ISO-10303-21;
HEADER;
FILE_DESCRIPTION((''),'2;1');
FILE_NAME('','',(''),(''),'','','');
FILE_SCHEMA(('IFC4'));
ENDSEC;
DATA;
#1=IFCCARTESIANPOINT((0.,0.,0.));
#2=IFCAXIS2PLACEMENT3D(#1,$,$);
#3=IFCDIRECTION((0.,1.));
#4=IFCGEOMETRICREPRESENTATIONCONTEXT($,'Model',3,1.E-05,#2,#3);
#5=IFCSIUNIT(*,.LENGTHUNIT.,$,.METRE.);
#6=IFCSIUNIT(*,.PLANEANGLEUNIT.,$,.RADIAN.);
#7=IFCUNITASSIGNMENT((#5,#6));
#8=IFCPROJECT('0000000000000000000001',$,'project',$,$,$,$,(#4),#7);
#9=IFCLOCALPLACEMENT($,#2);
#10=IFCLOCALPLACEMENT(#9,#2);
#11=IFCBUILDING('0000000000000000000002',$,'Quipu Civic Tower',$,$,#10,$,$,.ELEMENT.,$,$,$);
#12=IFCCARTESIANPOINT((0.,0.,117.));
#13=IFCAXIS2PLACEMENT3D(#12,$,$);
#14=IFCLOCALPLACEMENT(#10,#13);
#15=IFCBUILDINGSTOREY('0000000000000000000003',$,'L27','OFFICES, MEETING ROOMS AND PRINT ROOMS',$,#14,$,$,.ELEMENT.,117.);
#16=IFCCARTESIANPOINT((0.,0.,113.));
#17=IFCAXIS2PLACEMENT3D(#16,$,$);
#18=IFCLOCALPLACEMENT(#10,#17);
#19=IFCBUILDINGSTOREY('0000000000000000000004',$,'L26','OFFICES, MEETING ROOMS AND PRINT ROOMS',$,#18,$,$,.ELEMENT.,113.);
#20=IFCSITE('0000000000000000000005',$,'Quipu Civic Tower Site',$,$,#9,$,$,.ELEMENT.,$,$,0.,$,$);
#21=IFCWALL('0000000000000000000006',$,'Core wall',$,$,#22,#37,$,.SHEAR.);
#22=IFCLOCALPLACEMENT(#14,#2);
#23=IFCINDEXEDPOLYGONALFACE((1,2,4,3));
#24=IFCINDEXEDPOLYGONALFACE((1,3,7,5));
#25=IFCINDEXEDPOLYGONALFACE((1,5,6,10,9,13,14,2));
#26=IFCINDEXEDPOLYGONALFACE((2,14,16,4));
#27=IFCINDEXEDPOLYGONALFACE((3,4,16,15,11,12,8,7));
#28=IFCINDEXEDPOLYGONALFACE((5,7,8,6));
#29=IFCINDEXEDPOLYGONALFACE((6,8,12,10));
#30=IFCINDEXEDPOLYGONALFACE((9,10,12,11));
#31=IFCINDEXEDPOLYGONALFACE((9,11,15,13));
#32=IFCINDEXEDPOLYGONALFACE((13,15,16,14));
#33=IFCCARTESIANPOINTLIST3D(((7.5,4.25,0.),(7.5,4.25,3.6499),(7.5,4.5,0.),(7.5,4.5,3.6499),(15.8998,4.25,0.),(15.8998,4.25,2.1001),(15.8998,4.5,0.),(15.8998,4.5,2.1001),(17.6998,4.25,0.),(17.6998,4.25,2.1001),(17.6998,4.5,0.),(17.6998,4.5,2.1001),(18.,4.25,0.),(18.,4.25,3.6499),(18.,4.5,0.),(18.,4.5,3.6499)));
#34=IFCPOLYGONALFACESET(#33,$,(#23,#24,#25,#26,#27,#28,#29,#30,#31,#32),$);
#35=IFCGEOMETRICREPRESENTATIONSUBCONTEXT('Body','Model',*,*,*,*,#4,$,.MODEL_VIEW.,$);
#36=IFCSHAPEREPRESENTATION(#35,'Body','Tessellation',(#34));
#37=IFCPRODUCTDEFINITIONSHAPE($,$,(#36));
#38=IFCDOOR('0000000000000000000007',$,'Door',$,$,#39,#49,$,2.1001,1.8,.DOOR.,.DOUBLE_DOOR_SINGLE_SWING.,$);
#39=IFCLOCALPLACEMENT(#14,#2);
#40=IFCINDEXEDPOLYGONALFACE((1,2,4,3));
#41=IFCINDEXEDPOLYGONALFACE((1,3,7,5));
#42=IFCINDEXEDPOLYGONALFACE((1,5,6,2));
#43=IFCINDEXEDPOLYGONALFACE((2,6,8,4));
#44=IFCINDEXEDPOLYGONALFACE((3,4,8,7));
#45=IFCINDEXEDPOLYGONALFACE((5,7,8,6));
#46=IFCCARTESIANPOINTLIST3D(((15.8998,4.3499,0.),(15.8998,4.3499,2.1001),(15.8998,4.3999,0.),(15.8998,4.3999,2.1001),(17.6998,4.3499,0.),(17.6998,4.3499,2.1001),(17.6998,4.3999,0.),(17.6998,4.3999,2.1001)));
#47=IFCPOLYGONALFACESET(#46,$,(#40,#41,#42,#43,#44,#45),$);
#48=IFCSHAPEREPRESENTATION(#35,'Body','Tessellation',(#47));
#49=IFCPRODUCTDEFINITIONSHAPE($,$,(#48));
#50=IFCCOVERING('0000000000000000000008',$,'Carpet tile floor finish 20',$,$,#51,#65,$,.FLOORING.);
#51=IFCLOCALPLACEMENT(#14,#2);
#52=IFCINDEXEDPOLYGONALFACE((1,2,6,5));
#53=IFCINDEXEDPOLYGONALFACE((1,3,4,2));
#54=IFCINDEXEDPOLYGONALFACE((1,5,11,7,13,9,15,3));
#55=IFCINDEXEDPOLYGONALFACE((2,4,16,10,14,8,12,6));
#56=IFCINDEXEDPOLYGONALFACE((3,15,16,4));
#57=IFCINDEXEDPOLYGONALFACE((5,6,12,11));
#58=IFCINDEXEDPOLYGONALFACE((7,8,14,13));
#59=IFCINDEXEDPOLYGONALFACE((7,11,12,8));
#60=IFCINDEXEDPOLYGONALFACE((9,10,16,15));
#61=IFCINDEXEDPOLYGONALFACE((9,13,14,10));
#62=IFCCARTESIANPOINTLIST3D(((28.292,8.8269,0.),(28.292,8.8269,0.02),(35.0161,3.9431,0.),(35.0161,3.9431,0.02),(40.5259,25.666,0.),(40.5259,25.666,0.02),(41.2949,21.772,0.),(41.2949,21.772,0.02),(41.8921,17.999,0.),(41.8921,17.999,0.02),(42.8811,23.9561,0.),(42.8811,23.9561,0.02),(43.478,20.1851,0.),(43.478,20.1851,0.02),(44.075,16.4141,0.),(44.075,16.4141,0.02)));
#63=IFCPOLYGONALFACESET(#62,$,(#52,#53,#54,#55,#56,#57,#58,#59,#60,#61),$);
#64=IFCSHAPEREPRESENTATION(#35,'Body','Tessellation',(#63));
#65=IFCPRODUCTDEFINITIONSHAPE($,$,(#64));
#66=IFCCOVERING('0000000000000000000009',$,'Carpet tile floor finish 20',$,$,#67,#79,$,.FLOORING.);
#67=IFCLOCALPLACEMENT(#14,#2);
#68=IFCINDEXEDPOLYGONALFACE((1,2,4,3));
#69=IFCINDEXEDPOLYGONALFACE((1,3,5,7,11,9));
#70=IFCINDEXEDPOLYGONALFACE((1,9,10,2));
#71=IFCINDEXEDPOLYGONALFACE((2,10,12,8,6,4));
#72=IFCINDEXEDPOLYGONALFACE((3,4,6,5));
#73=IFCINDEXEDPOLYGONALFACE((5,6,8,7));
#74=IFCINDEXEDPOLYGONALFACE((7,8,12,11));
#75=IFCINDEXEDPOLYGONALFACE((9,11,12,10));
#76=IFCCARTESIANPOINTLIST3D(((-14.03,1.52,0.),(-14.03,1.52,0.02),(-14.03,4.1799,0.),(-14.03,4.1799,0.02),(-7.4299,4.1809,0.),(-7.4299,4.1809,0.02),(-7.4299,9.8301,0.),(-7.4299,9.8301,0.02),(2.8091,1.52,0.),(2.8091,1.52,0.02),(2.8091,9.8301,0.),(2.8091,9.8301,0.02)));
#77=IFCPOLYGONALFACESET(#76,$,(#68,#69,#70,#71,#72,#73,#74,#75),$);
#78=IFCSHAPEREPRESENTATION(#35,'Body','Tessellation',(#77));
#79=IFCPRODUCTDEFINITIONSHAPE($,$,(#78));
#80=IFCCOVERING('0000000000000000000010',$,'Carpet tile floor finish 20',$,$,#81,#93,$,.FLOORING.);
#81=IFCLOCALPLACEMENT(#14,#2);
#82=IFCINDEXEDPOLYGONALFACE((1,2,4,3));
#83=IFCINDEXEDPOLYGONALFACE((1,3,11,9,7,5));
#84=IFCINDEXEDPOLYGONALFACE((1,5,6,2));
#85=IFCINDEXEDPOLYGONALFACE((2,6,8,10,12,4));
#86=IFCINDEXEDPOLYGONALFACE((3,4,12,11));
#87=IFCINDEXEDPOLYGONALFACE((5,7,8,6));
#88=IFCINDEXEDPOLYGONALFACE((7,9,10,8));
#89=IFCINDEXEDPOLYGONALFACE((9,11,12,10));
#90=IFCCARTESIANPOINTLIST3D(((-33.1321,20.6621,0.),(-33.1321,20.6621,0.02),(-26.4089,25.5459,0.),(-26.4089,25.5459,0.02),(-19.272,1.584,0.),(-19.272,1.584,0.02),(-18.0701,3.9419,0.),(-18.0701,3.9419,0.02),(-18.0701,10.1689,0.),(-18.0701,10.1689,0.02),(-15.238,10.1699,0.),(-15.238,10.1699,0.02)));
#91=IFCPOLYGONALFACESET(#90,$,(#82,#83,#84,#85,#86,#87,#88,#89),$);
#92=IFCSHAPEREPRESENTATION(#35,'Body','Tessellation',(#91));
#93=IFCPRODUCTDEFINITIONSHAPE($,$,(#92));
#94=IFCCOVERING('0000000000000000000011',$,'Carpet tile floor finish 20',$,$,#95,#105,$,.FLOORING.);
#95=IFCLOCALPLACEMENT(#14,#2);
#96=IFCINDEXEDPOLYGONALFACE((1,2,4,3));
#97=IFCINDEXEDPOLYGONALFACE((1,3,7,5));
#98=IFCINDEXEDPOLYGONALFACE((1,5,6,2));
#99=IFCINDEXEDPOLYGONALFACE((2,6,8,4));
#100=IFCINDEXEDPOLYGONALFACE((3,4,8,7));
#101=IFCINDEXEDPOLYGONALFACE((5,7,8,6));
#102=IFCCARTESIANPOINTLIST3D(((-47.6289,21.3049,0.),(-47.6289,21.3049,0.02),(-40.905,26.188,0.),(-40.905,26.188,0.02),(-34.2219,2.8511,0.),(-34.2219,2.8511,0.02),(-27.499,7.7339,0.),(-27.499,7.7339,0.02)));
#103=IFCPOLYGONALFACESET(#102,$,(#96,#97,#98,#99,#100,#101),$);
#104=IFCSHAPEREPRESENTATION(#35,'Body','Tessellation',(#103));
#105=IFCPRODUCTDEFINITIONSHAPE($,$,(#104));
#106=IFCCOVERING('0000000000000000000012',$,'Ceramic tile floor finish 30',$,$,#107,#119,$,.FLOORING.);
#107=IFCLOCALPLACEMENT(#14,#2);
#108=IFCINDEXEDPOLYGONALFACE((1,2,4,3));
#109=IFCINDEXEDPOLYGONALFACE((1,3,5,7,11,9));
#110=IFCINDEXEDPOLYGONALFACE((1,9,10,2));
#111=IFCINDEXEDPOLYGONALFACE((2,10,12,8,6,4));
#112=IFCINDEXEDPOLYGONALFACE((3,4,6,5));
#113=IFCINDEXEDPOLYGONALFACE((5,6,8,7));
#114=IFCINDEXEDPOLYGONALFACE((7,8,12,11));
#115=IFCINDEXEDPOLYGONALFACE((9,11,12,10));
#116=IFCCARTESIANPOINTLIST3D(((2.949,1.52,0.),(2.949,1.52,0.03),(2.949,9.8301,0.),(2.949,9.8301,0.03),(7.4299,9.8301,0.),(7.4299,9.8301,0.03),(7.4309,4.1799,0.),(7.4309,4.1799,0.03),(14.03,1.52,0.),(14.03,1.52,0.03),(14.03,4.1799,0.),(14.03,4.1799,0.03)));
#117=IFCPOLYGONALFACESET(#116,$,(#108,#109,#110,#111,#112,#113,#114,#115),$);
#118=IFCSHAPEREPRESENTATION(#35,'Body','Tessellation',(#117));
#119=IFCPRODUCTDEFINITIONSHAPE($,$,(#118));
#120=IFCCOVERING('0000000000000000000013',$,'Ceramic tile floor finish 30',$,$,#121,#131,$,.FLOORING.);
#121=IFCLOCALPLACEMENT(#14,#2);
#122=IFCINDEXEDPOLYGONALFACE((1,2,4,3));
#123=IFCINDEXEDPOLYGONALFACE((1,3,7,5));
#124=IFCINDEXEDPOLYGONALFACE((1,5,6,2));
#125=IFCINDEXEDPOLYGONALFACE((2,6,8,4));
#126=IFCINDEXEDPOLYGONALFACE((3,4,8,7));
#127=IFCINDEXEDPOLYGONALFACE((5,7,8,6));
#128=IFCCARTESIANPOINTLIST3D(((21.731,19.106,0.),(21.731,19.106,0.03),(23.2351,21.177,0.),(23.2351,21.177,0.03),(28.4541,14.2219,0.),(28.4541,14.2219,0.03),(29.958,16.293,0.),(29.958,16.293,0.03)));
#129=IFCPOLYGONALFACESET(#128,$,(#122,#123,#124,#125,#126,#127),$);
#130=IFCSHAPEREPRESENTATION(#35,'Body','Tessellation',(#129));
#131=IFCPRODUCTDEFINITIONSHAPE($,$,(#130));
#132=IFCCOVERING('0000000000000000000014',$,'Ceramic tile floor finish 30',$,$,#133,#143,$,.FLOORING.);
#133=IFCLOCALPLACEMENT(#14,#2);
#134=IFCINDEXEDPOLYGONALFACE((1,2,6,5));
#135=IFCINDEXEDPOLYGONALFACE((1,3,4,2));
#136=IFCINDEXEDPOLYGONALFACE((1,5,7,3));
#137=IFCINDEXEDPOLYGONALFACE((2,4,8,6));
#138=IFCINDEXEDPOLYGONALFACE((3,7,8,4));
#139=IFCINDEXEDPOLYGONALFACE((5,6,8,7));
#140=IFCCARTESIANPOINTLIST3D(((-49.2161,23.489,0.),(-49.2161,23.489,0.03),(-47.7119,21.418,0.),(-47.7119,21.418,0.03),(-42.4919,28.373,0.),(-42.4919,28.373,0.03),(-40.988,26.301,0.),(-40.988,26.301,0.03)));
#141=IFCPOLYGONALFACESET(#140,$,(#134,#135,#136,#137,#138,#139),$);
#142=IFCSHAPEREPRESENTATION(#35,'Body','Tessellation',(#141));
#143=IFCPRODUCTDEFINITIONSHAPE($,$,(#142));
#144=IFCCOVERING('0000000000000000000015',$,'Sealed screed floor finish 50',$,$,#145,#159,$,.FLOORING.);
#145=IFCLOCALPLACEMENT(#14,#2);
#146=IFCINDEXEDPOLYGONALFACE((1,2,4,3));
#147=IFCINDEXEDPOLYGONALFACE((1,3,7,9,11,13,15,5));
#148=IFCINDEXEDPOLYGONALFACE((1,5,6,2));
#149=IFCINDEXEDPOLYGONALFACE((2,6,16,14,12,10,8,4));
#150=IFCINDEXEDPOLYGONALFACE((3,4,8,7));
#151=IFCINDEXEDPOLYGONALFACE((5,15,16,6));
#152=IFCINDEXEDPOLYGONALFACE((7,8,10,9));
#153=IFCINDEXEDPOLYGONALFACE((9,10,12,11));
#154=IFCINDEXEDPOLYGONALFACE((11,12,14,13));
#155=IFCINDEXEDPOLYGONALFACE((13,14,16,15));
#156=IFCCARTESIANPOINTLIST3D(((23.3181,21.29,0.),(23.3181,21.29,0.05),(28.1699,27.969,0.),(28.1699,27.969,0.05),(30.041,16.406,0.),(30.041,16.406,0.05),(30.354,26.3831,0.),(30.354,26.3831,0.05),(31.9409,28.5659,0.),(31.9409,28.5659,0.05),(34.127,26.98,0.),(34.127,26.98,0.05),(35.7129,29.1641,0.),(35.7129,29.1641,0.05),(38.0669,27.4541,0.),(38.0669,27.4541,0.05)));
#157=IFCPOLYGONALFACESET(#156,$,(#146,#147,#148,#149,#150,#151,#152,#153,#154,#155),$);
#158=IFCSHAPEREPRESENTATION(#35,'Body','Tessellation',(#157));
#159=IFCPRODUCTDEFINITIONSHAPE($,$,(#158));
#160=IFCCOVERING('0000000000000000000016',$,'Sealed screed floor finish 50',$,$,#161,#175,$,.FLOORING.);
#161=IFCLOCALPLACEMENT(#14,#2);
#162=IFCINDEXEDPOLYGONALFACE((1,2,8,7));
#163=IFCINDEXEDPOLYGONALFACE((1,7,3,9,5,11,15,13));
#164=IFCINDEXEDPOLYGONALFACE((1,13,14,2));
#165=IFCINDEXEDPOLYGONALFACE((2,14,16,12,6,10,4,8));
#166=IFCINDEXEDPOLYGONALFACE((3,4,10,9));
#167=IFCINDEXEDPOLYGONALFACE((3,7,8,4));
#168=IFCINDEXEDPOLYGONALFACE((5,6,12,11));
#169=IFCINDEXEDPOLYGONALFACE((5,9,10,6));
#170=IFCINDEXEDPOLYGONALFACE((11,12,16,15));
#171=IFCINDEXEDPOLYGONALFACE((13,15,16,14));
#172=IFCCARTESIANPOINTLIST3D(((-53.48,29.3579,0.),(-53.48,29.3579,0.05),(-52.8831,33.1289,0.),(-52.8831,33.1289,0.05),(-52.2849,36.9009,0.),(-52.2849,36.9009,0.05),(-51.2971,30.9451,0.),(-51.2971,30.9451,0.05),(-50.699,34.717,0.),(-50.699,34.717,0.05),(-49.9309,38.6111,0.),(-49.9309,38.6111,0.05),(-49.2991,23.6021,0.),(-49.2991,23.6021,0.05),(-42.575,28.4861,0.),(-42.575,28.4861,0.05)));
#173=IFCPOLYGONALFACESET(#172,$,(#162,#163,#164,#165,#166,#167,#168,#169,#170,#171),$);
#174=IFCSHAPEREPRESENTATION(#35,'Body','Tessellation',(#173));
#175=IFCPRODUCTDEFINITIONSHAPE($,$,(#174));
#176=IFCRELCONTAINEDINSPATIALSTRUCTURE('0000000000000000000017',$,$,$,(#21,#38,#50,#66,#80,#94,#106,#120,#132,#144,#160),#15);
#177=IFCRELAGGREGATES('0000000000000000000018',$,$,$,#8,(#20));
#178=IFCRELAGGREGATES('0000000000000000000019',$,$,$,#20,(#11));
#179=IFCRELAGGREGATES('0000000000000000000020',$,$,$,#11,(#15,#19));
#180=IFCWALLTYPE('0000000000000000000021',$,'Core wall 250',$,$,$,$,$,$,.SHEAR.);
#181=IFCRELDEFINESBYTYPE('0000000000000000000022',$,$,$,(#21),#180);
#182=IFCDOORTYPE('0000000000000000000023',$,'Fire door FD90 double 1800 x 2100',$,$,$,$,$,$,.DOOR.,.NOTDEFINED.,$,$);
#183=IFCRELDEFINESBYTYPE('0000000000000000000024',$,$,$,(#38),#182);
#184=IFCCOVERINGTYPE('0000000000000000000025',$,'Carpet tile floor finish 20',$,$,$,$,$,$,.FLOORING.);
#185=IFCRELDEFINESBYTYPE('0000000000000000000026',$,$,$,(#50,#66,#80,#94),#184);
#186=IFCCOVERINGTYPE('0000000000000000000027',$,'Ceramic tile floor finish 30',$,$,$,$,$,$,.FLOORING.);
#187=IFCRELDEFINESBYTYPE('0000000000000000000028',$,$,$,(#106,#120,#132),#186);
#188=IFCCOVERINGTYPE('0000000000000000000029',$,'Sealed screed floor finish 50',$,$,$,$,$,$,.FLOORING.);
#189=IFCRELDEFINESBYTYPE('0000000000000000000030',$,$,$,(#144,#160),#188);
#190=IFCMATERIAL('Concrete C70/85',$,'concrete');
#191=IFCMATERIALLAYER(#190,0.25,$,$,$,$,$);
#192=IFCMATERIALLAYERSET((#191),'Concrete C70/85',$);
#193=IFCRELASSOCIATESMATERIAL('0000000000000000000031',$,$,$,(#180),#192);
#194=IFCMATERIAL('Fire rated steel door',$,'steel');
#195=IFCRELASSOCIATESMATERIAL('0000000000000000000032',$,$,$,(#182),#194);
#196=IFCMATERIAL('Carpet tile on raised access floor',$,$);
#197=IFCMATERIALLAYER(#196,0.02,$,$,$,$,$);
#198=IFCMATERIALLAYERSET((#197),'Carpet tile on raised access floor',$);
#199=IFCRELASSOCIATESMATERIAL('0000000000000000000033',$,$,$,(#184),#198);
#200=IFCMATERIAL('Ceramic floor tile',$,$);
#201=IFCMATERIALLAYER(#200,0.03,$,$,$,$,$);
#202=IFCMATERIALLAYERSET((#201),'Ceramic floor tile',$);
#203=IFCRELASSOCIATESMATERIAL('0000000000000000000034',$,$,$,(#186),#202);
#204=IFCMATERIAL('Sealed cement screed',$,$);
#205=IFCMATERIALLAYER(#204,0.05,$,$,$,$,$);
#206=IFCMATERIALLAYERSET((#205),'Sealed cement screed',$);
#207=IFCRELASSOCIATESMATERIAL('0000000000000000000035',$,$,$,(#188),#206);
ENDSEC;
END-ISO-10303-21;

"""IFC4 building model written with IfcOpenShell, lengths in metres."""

from ifc_helpers import new_model, si_unit, direction, frame, frame_2d, origin, place, context, subcontext, project, spatial, polyline, rectangle, outline, extrude, material, layer, layer_set, type_object, element, fill, save


model = new_model("IFC4")

# Units and contexts
model_context = context("Model", 3, precision=1e-05, world=origin(), true_north=direction((0.0, 1.0)))
body_context = subcontext(model_context, "Body", "Model", "MODEL_VIEW")
ifc_project = project(units=[si_unit("LENGTHUNIT", "METRE"), si_unit("PLANEANGLEUNIT", "RADIAN")], contexts=[model_context])

# Site, building, storey
site_placement = place(None, origin())
site = spatial("IfcSite", under=ifc_project, at=site_placement, Name="Quipu Civic Tower Site", CompositionType="ELEMENT", RefElevation=0.0)
building_placement = place(site_placement, origin())
building = spatial("IfcBuilding", under=site, at=building_placement, Name="Quipu Civic Tower", CompositionType="ELEMENT")
storey_1_placement = place(building_placement, frame((0.0, 0.0, 117.0)))
storey_1 = spatial("IfcBuildingStorey", under=building, at=storey_1_placement, Name="L27", Description="OFFICES, MEETING ROOMS AND PRINT ROOMS", CompositionType="ELEMENT", Elevation=117.0)

# Shared definitions
storey_2_placement = place(building_placement, frame((0.0, 0.0, 113.0)))
storey_2 = spatial("IfcBuildingStorey", under=building, at=storey_2_placement, Name="L26", Description="OFFICES, MEETING ROOMS AND PRINT ROOMS", CompositionType="ELEMENT", Elevation=113.0)

# Wall, opening, door
ifc_material_1 = material(Name="Concrete C70/85", Category="concrete")
ifc_layer_1 = layer(ifc_material_1, 0.25)
ifc_layer_set_1 = layer_set([ifc_layer_1], Name="Concrete C70/85")
wall_type_1 = type_object("IfcWallType", Name="Core wall 250", PredefinedType="SHEAR", material=ifc_layer_set_1)
wall_1_placement = place(storey_1_placement, frame((7.5, 4.375, 0.0), z_axis=(0.0, 0.0, 1.0), x_axis=(1.0, 0.0, 0.0)))
wall_1 = element("IfcWall", 1, at=wall_1_placement, inside=storey_1, type_object=wall_type_1, Name="Core wall", PredefinedType="SHEAR", context=body_context, shape_type="SweptSolid", body=[
    extrude(rectangle(XDim=10.5, YDim=0.25, at=frame_2d((5.25, 0.0))), origin(), (0.0, 0.0, 1.0), 3.6499),
])
opening_placement = place(wall_1_placement, frame((8.3999, 0.0, 0.0)))
opening = element("IfcOpeningElement", 2, at=opening_placement, cuts=wall_1, PredefinedType="OPENING", context=body_context, shape_type="SweptSolid", body=[
    extrude(rectangle(XDim=1.8, YDim=2.1001, at=frame_2d((0.8999, 1.05))), frame((0.0, 0.135, 0.0), z_axis=(0.0, -1.0, 0.0), x_axis=(1.0, 0.0, 0.0)), (0.0, 0.0, 1.0), 0.27),
])
ifc_material_2 = material(Name="Fire rated steel door", Category="steel")
door_type = type_object("IfcDoorType", Name="Fire door FD90 double 1800 x 2100", OperationType="NOTDEFINED", PredefinedType="DOOR", material=ifc_material_2)
door_placement = place(opening_placement, origin())
door = element("IfcDoor", 3, at=door_placement, inside=storey_1, type_object=door_type, Name="Door", OperationType="DOUBLE_DOOR_SINGLE_SWING", OverallHeight=2.1001, OverallWidth=1.8, PredefinedType="DOOR", context=body_context, shape_type="SweptSolid", body=[
    extrude(rectangle(XDim=1.8, YDim=2.1001, at=frame_2d((0.8999, 1.05))), frame((0.0, 0.0249, 0.0), z_axis=(0.0, -1.0, 0.0), x_axis=(1.0, 0.0, 0.0)), (0.0, 0.0, 1.0), 0.05),
])
fill(opening, door)

# Coverings
ifc_material_3 = material(Name="Carpet tile on raised access floor")
ifc_layer_2 = layer(ifc_material_3, 0.02)
ifc_layer_set_2 = layer_set([ifc_layer_2], Name="Carpet tile on raised access floor")
covering_type_1 = type_object("IfcCoveringType", Name="Carpet tile floor finish 20", PredefinedType="FLOORING", material=ifc_layer_set_2)
covering_1_placement = place(storey_1_placement, origin())
element("IfcCovering", 4, at=covering_1_placement, inside=storey_1, type_object=covering_type_1, Name="Carpet tile floor finish 20", PredefinedType="FLOORING", context=body_context, shape_type="SweptSolid", body=[
    extrude(outline(polyline([(28.292, 8.8269), (40.5259, 25.666), (42.8811, 23.9561), (41.2949, 21.772), (43.478, 20.1851), (41.8921, 17.999), (44.075, 16.4141), (35.0161, 3.9431), (28.292, 8.8269)])), origin(), (0.0, 0.0, 1.0), 0.02),
])
covering_2_placement = place(storey_1_placement, origin())
element("IfcCovering", 5, at=covering_2_placement, inside=storey_1, type_object=covering_type_1, Name="Carpet tile floor finish 20", PredefinedType="FLOORING", context=body_context, shape_type="SweptSolid", body=[
    extrude(outline(polyline([(-14.03, 1.52), (-14.03, 4.1799), (-7.4299, 4.1809), (-7.4299, 9.8301), (2.8091, 9.8301), (2.8091, 1.52), (-14.03, 1.52)])), origin(), (0.0, 0.0, 1.0), 0.02),
])
covering_3_placement = place(storey_1_placement, origin())
element("IfcCovering", 6, at=covering_3_placement, inside=storey_1, type_object=covering_type_1, Name="Carpet tile floor finish 20", PredefinedType="FLOORING", context=body_context, shape_type="SweptSolid", body=[
    extrude(outline(polyline([(-33.1321, 20.6621), (-26.4089, 25.5459), (-15.238, 10.1699), (-18.0701, 10.1689), (-18.0701, 3.9419), (-19.272, 1.584), (-33.1321, 20.6621)])), origin(), (0.0, 0.0, 1.0), 0.02),
])
covering_4_placement = place(storey_1_placement, origin())
element("IfcCovering", 7, at=covering_4_placement, inside=storey_1, type_object=covering_type_1, Name="Carpet tile floor finish 20", PredefinedType="FLOORING", context=body_context, shape_type="SweptSolid", body=[
    extrude(outline(polyline([(-47.6289, 21.3049), (-40.905, 26.188), (-27.499, 7.7339), (-34.2219, 2.8511), (-47.6289, 21.3049)])), origin(), (0.0, 0.0, 1.0), 0.02),
])
ifc_material_4 = material(Name="Ceramic floor tile")
ifc_layer_3 = layer(ifc_material_4, 0.03)
ifc_layer_set_3 = layer_set([ifc_layer_3], Name="Ceramic floor tile")
covering_type_2 = type_object("IfcCoveringType", Name="Ceramic tile floor finish 30", PredefinedType="FLOORING", material=ifc_layer_set_3)
covering_5_placement = place(storey_1_placement, origin())
element("IfcCovering", 8, at=covering_5_placement, inside=storey_1, type_object=covering_type_2, Name="Ceramic tile floor finish 30", PredefinedType="FLOORING", context=body_context, shape_type="SweptSolid", body=[
    extrude(outline(polyline([(2.949, 1.52), (2.949, 9.8301), (7.4299, 9.8301), (7.4309, 4.1799), (14.03, 4.1799), (14.03, 1.52), (2.949, 1.52)])), origin(), (0.0, 0.0, 1.0), 0.03),
])
covering_6_placement = place(storey_1_placement, origin())
element("IfcCovering", 9, at=covering_6_placement, inside=storey_1, type_object=covering_type_2, Name="Ceramic tile floor finish 30", PredefinedType="FLOORING", context=body_context, shape_type="SweptSolid", body=[
    extrude(outline(polyline([(21.731, 19.106), (23.2351, 21.177), (29.958, 16.293), (28.4541, 14.2219), (21.731, 19.106)])), origin(), (0.0, 0.0, 1.0), 0.03),
])
covering_7_placement = place(storey_1_placement, origin())
element("IfcCovering", 10, at=covering_7_placement, inside=storey_1, type_object=covering_type_2, Name="Ceramic tile floor finish 30", PredefinedType="FLOORING", context=body_context, shape_type="SweptSolid", body=[
    extrude(outline(polyline([(-49.2161, 23.489), (-42.4919, 28.373), (-40.988, 26.301), (-47.7119, 21.418), (-49.2161, 23.489)])), origin(), (0.0, 0.0, 1.0), 0.03),
])
ifc_material_5 = material(Name="Sealed cement screed")
ifc_layer_4 = layer(ifc_material_5, 0.05)
ifc_layer_set_4 = layer_set([ifc_layer_4], Name="Sealed cement screed")
covering_type_3 = type_object("IfcCoveringType", Name="Sealed screed floor finish 50", PredefinedType="FLOORING", material=ifc_layer_set_4)
covering_8_placement = place(storey_1_placement, origin())
element("IfcCovering", 11, at=covering_8_placement, inside=storey_1, type_object=covering_type_3, Name="Sealed screed floor finish 50", PredefinedType="FLOORING", context=body_context, shape_type="SweptSolid", body=[
    extrude(outline(polyline([(23.3181, 21.29), (28.1699, 27.969), (30.354, 26.3831), (31.9409, 28.5659), (34.127, 26.98), (35.7129, 29.1641), (38.0669, 27.4541), (30.041, 16.406), (23.3181, 21.29)])), origin(), (0.0, 0.0, 1.0), 0.05),
])
covering_9_placement = place(storey_1_placement, origin())
element("IfcCovering", 12, at=covering_9_placement, inside=storey_1, type_object=covering_type_3, Name="Sealed screed floor finish 50", PredefinedType="FLOORING", context=body_context, shape_type="SweptSolid", body=[
    extrude(outline(polyline([(-53.48, 29.3579), (-51.2971, 30.9451), (-52.8831, 33.1289), (-50.699, 34.717), (-52.2849, 36.9009), (-49.9309, 38.6111), (-42.575, 28.4861), (-49.2991, 23.6021), (-53.48, 29.3579)])), origin(), (0.0, 0.0, 1.0), 0.05),
])

save(model, "model.ifc")
